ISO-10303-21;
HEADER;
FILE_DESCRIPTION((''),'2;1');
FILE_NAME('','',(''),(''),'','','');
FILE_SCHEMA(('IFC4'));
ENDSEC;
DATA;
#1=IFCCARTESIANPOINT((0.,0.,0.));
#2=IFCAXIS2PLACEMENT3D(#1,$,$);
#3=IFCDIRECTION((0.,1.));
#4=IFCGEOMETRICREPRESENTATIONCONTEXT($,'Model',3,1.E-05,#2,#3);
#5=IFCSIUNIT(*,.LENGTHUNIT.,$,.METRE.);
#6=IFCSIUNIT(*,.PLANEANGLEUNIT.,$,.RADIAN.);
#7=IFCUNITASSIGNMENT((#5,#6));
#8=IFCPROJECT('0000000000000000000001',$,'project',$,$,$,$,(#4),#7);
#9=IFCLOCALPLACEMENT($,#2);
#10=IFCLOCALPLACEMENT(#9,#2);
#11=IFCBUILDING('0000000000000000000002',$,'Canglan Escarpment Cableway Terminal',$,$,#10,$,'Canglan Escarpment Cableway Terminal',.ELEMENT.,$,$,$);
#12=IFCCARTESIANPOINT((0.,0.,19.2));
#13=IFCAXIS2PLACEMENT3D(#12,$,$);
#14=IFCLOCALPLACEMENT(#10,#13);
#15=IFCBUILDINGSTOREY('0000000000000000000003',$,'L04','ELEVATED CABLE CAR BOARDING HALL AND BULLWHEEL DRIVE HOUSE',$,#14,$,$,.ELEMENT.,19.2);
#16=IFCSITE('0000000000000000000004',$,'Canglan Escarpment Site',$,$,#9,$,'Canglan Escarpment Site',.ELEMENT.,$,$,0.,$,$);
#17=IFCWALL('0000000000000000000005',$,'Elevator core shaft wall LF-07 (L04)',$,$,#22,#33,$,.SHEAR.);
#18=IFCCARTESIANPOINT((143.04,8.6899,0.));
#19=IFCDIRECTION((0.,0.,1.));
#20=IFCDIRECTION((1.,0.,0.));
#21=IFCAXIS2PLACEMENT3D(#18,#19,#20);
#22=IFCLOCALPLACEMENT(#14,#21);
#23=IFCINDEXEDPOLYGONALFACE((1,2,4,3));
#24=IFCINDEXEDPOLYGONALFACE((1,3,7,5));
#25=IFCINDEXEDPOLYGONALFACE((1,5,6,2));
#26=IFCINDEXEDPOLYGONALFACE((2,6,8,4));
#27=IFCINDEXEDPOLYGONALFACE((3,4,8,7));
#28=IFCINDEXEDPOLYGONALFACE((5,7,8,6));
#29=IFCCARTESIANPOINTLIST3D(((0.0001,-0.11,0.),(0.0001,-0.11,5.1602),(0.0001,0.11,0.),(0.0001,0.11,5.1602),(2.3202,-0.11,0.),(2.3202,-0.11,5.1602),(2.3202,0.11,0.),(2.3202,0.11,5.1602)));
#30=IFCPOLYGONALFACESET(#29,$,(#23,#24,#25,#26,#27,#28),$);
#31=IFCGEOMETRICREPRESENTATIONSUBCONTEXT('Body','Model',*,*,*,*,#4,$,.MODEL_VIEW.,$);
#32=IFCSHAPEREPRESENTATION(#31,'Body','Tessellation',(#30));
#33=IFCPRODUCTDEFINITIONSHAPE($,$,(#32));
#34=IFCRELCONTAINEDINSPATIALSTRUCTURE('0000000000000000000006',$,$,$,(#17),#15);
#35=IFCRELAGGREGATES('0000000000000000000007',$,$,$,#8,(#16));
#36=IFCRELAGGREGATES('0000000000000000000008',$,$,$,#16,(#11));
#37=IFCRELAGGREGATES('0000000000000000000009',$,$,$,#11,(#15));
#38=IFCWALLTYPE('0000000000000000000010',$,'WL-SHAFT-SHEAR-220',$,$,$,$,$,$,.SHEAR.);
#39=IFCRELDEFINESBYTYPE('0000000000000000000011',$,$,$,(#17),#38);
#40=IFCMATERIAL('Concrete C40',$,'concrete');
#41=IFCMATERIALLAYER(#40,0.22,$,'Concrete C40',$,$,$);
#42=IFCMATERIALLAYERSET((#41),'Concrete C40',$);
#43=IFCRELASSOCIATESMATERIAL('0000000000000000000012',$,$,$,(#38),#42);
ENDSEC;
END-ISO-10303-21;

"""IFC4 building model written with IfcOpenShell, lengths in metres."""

from ifc_helpers import new_model, si_unit, direction, frame, frame_2d, origin, place, context, subcontext, project, spatial, rectangle, extrude, material, layer, layer_set, type_object, element, save


model = new_model("IFC4")

# Units and contexts
model_context = context("Model", 3, precision=1e-05, world=origin(), true_north=direction((0.0, 1.0)))
body_context = subcontext(model_context, "Body", "Model", "MODEL_VIEW")
ifc_project = project(units=[si_unit("LENGTHUNIT", "METRE"), si_unit("PLANEANGLEUNIT", "RADIAN")], contexts=[model_context])

# Site, building, storey
site_placement = place(None, origin())
site = spatial("IfcSite", under=ifc_project, at=site_placement, Name="Canglan Escarpment Site", LongName="Canglan Escarpment Site", CompositionType="ELEMENT", RefElevation=0.0)
building_placement = place(site_placement, origin())
building = spatial("IfcBuilding", under=site, at=building_placement, Name="Canglan Escarpment Cableway Terminal", LongName="Canglan Escarpment Cableway Terminal", CompositionType="ELEMENT")
storey_placement = place(building_placement, frame((0.0, 0.0, 19.2)))
storey = spatial("IfcBuildingStorey", under=building, at=storey_placement, Name="L04", Description="ELEVATED CABLE CAR BOARDING HALL AND BULLWHEEL DRIVE HOUSE", CompositionType="ELEMENT", Elevation=19.2)

# Shared definitions
ifc_material_1 = material(Name="Concrete C40", Category="concrete")
ifc_layer_1 = layer(ifc_material_1, 0.22, Name="Concrete C40")
ifc_layer_set_1 = layer_set([ifc_layer_1], Name="Concrete C40")
wall_type_1 = type_object("IfcWallType", Name="WL-SHAFT-SHEAR-220", PredefinedType="SHEAR", material=ifc_layer_set_1)

# Wall
wall_1_placement = place(storey_placement, frame((143.04, 8.6899, 0.0), z_axis=(0.0, 0.0, 1.0), x_axis=(1.0, 0.0, 0.0)))
element("IfcWall", 1, at=wall_1_placement, inside=storey, type_object=wall_type_1, Name="Elevator core shaft wall LF-07 (L04)", PredefinedType="SHEAR", context=body_context, shape_type="SweptSolid", body=[
    extrude(rectangle(XDim=2.3201, YDim=0.22, at=frame_2d((1.1602, 0.0))), origin(), (0.0, 0.0, 1.0), 5.1602),
])

save(model, "model.ifc")
